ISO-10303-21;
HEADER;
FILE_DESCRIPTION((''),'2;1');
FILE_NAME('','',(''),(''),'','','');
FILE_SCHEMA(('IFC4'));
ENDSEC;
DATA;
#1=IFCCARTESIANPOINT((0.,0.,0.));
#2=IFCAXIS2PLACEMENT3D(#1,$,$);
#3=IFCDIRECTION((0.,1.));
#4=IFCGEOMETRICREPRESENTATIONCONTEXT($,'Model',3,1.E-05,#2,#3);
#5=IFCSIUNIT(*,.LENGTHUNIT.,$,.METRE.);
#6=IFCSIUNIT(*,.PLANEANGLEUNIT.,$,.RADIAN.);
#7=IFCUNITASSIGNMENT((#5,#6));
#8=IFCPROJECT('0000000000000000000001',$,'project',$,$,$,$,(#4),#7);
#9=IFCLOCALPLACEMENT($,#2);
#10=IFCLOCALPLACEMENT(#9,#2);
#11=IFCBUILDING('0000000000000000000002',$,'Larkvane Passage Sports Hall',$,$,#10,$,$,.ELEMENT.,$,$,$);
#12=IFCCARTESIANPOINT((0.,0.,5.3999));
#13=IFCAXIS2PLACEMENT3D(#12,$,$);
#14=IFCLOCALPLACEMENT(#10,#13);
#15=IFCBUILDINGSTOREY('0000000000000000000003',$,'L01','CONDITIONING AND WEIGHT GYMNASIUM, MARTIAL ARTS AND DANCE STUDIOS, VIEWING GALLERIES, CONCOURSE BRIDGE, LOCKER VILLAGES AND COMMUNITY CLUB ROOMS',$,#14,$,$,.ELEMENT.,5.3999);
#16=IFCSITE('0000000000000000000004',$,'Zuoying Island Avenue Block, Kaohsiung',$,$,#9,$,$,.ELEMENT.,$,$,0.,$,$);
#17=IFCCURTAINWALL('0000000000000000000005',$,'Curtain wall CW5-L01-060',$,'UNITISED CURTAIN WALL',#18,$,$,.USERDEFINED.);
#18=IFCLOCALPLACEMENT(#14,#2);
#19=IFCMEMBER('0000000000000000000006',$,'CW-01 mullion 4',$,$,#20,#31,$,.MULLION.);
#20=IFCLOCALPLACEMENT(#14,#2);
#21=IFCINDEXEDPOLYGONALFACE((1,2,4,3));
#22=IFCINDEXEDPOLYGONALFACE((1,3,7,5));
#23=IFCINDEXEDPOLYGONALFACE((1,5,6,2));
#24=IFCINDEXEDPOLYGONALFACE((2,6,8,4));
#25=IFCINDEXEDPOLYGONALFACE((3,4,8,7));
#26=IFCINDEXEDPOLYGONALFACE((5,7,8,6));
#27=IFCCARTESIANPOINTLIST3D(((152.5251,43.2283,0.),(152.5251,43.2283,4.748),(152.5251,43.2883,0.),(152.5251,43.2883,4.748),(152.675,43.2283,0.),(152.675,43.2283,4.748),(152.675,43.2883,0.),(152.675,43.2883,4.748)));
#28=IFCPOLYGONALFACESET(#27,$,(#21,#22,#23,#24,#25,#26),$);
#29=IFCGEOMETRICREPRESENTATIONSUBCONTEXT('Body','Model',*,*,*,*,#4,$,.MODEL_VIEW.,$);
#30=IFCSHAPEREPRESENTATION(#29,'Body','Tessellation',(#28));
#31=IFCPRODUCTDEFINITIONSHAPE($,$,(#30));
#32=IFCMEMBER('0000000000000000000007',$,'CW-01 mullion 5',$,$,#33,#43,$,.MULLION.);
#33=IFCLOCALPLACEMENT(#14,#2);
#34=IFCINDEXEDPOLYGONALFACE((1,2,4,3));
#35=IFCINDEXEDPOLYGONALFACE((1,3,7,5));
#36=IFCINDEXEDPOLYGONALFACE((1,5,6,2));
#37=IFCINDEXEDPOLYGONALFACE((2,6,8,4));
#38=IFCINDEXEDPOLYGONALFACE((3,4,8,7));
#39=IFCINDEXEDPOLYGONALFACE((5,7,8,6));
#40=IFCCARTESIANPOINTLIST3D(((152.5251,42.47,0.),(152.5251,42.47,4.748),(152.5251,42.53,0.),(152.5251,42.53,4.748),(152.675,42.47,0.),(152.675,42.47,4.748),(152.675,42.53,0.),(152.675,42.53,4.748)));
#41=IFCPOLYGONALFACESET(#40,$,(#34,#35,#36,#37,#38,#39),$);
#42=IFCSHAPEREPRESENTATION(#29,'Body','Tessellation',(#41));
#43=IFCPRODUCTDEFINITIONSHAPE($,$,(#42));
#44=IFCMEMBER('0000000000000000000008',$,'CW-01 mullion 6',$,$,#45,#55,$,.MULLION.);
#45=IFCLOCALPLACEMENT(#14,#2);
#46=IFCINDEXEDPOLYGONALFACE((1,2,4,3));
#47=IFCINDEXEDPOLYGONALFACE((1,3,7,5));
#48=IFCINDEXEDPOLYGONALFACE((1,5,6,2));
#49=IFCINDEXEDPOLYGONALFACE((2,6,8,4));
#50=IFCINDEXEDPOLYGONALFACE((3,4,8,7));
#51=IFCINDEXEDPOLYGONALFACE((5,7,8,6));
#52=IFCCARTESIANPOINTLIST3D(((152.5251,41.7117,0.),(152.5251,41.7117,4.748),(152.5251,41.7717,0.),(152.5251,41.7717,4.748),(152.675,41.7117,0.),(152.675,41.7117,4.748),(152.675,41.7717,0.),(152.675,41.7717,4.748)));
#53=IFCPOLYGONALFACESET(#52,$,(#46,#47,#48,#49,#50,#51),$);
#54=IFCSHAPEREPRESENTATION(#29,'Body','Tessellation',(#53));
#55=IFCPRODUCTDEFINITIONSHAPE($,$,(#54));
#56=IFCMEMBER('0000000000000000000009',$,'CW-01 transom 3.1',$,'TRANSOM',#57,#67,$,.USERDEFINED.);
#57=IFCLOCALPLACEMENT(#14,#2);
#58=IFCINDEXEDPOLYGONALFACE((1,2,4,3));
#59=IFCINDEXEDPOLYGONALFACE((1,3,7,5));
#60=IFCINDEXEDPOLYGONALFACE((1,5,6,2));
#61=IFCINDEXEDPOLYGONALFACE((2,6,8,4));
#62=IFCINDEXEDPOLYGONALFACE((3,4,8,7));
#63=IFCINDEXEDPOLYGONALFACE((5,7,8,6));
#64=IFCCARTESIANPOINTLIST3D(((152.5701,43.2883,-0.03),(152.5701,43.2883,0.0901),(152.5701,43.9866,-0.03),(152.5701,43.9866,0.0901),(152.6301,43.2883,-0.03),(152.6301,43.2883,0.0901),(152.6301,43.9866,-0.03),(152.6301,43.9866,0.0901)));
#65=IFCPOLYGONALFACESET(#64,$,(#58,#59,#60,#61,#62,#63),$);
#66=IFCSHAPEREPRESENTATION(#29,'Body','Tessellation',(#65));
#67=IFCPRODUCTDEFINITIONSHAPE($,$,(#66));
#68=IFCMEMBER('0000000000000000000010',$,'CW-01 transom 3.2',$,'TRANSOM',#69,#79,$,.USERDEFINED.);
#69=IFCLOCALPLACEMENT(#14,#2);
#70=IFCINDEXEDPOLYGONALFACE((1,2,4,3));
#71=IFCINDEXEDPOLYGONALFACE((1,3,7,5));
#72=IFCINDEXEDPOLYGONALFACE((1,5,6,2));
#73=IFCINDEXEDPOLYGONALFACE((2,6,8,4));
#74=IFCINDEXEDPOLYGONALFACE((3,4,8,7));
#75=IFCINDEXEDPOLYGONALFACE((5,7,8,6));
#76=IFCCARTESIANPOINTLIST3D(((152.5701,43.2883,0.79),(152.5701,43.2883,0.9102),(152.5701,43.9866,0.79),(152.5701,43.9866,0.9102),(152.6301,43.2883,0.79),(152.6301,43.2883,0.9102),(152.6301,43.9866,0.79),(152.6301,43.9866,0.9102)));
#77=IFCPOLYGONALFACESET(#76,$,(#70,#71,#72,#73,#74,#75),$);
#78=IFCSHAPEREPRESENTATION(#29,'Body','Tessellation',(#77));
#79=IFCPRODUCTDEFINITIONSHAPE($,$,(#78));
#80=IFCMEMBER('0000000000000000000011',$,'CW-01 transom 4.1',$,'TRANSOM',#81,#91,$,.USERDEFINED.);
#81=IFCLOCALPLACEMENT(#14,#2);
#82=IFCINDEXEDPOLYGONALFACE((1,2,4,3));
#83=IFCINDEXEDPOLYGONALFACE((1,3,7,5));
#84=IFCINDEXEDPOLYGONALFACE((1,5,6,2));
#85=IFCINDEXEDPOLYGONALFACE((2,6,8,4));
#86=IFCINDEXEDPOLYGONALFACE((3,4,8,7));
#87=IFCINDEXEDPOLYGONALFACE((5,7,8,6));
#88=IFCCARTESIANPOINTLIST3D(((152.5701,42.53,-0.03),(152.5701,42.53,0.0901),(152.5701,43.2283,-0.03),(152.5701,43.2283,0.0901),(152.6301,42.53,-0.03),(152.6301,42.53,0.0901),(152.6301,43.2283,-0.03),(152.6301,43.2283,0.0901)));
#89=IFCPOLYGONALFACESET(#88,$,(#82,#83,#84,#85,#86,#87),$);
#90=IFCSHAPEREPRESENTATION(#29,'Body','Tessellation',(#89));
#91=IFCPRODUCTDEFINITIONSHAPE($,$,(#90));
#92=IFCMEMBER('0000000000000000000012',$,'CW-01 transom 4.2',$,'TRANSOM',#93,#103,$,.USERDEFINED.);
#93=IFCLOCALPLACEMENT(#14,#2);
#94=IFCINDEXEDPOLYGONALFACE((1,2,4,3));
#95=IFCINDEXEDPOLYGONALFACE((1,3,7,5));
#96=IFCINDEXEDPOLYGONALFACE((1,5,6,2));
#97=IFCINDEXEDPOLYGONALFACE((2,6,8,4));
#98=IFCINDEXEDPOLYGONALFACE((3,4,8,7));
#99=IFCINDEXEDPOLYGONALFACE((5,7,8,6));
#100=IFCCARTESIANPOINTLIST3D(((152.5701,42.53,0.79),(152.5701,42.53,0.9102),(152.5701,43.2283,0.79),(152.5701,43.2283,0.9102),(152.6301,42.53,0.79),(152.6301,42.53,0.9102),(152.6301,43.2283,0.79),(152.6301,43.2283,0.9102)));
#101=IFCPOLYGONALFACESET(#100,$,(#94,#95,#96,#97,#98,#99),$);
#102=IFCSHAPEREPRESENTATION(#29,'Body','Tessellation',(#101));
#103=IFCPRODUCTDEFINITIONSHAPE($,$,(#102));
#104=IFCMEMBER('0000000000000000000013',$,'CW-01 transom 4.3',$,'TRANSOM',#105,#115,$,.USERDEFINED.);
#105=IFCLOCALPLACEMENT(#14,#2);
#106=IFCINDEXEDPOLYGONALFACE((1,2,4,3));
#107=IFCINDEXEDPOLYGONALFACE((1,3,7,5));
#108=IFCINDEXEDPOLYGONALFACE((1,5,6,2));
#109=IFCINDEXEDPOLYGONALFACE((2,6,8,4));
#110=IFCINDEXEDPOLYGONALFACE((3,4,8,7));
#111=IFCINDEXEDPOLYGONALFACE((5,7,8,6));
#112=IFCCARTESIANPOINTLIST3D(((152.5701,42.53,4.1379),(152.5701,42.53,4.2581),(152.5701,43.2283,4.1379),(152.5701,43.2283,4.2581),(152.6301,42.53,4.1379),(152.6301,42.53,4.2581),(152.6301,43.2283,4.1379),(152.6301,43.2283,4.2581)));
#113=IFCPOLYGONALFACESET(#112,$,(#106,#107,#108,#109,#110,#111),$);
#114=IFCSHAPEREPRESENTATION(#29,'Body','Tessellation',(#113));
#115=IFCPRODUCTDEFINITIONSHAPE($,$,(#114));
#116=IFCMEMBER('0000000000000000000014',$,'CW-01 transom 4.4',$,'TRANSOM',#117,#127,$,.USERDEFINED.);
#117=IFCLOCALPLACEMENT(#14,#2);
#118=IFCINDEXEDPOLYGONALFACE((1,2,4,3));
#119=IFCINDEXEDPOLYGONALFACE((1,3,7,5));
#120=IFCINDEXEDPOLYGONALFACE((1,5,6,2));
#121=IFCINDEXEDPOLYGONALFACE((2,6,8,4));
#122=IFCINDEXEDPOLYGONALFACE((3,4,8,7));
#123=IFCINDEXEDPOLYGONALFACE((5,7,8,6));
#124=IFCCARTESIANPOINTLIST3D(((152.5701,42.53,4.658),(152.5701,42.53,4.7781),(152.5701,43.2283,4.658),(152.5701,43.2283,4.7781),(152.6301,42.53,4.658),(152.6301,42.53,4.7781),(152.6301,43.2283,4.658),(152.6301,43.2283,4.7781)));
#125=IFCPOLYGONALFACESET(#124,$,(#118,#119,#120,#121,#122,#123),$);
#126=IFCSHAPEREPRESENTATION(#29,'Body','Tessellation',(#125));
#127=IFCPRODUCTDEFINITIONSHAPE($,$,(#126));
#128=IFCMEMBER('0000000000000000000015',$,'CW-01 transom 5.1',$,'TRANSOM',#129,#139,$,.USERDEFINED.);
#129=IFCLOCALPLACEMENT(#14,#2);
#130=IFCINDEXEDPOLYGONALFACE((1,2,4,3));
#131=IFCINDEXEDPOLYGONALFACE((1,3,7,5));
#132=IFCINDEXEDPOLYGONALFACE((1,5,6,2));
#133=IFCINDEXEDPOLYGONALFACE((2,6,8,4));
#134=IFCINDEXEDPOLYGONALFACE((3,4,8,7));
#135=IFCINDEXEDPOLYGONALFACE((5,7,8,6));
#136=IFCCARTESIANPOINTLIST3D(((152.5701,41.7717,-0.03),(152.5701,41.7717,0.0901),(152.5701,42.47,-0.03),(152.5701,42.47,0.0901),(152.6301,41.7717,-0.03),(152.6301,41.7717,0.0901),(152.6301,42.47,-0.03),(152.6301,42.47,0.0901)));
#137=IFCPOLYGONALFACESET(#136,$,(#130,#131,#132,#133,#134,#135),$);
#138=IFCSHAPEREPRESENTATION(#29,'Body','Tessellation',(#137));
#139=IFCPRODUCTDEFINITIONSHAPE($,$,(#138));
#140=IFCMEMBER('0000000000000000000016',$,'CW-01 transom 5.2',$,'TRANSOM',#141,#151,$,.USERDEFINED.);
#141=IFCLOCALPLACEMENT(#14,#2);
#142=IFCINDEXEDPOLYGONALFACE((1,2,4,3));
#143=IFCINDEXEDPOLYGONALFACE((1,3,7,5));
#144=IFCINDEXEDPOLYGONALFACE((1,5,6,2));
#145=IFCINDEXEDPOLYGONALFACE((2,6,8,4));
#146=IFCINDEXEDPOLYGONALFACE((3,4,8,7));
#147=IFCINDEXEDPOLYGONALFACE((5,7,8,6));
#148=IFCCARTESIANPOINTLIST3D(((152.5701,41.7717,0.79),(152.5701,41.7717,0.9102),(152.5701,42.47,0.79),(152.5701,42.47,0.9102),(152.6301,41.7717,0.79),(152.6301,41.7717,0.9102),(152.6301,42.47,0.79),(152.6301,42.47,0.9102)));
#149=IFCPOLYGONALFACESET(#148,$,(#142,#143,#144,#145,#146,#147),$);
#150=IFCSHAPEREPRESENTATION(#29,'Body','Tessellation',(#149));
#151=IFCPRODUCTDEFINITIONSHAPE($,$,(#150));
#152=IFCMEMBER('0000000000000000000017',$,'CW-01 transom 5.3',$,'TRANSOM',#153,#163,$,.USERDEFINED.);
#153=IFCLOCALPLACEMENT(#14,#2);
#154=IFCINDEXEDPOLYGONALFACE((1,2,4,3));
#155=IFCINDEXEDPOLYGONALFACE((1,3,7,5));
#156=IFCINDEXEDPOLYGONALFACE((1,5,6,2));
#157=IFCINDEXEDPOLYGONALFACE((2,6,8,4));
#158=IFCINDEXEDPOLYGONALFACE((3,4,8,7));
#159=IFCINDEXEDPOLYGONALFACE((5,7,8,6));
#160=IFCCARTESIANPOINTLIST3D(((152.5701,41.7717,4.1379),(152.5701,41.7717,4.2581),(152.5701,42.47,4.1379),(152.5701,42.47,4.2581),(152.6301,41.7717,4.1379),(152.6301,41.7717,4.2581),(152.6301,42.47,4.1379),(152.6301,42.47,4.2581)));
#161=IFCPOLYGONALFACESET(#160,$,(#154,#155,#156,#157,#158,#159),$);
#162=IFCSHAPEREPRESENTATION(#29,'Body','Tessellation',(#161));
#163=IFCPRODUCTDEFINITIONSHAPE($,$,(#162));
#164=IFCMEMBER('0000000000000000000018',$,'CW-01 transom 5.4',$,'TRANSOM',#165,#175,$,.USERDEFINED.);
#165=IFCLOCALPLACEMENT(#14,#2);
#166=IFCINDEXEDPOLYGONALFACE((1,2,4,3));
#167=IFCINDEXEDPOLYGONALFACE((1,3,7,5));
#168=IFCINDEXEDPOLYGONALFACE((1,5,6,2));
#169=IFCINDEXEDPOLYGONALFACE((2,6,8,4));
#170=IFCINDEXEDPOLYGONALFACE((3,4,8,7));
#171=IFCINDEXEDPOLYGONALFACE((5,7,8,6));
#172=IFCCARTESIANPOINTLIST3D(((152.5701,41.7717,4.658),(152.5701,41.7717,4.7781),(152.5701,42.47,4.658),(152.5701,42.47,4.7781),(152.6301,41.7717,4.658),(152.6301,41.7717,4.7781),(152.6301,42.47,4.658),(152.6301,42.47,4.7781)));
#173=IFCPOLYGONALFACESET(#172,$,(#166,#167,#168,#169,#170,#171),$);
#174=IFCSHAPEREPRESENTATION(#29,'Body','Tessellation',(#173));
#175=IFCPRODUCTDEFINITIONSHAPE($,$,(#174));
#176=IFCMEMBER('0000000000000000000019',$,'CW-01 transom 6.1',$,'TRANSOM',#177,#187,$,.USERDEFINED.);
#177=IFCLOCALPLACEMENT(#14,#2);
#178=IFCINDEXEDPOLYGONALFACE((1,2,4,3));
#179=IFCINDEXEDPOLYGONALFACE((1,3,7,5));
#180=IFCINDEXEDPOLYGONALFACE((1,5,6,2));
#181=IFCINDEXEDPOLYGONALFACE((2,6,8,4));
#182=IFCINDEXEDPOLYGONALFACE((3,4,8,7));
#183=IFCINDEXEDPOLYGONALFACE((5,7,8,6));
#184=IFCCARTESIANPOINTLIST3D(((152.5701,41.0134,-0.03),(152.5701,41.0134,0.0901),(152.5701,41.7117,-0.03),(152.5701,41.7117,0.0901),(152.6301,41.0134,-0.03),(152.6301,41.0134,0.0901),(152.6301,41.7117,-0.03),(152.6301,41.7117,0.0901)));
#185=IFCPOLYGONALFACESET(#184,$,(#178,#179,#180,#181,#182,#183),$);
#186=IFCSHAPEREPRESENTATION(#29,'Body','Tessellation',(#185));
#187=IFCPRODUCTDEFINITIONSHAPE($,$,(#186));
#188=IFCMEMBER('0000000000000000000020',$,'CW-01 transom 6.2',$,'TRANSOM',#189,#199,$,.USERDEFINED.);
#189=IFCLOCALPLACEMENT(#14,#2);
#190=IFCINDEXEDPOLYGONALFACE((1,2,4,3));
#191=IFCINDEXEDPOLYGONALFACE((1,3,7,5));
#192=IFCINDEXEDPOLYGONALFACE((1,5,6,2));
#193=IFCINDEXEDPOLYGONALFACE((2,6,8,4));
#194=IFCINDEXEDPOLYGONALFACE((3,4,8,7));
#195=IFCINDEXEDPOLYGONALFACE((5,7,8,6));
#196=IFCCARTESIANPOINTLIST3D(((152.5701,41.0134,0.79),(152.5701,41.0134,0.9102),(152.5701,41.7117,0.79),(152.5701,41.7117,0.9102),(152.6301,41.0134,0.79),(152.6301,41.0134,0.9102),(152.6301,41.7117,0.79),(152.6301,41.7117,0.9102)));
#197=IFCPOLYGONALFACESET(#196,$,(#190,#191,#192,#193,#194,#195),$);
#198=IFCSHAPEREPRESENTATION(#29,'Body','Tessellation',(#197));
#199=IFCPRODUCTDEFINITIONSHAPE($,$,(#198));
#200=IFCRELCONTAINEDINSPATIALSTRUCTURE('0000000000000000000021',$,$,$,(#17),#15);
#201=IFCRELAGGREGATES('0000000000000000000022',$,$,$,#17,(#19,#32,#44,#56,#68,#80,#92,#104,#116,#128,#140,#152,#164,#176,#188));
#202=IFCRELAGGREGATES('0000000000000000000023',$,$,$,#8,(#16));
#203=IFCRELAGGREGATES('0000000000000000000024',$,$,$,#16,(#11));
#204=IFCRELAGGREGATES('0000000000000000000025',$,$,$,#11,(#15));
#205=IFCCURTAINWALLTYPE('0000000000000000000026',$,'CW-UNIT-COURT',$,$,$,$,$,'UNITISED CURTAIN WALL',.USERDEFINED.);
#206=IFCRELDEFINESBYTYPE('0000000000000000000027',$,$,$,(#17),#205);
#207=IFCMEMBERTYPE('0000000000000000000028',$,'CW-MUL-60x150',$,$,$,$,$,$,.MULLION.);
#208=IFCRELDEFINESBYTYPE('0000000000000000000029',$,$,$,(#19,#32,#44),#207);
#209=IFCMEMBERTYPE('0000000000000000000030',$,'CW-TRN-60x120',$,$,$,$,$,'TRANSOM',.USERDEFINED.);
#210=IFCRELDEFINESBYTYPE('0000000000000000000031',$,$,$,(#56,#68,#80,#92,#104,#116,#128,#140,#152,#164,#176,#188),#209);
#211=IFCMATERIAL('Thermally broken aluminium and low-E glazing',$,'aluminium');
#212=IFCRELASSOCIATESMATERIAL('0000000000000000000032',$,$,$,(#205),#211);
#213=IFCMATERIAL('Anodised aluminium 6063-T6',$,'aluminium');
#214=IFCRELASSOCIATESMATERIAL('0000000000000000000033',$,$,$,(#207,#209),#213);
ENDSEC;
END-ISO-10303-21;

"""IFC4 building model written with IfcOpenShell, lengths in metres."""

from ifc_helpers import new_model, si_unit, direction, frame, origin, origin_2d, place, context, subcontext, project, spatial, rectangle, extrude, material, material_profile, profile_set, type_object, element, aggregate, save


model = new_model("IFC4")

# Units and contexts
model_context = context("Model", 3, precision=1e-05, world=origin(), true_north=direction((0.0, 1.0)))
body_context = subcontext(model_context, "Body", "Model", "MODEL_VIEW")
ifc_project = project(units=[si_unit("LENGTHUNIT", "METRE"), si_unit("PLANEANGLEUNIT", "RADIAN")], contexts=[model_context])

# Site, building, storey
site_placement = place(None, origin())
site = spatial("IfcSite", under=ifc_project, at=site_placement, Name="Zuoying Island Avenue Block, Kaohsiung", CompositionType="ELEMENT", RefElevation=0.0)
building_placement = place(site_placement, origin())
building = spatial("IfcBuilding", under=site, at=building_placement, Name="Larkvane Passage Sports Hall", CompositionType="ELEMENT")
storey_placement = place(building_placement, frame((0.0, 0.0, 5.3999)))
storey = spatial("IfcBuildingStorey", under=building, at=storey_placement, Name="L01", Description="CONDITIONING AND WEIGHT GYMNASIUM, MARTIAL ARTS AND DANCE STUDIOS, VIEWING GALLERIES, CONCOURSE BRIDGE, LOCKER VILLAGES AND COMMUNITY CLUB ROOMS", CompositionType="ELEMENT", Elevation=5.3999)

# Curtain wall, members
ifc_material_1 = material(Name="Thermally broken aluminium and low-E glazing", Category="aluminium")
curtain_wall_type = type_object("IfcCurtainWallType", Name="CW-UNIT-COURT", ElementType="UNITISED CURTAIN WALL", PredefinedType="USERDEFINED", material=ifc_material_1)
curtain_wall_placement = place(storey_placement, origin())
curtain_wall = element("IfcCurtainWall", 1, at=curtain_wall_placement, inside=storey, type_object=curtain_wall_type, Name="Curtain wall CW5-L01-060", ObjectType="UNITISED CURTAIN WALL", PredefinedType="USERDEFINED")
ifc_material_2 = material(Name="Anodised aluminium 6063-T6", Category="aluminium")
ifc_material_profile_1 = material_profile(ifc_material_2, rectangle(XDim=0.0601, YDim=0.1499, at=origin_2d()), Name="ALU-MUL-60x150")
ifc_profile_set_1 = profile_set([ifc_material_profile_1], Name="Anodised aluminium 6063-T6")
member_type_1 = type_object("IfcMemberType", Name="CW-MUL-60x150", PredefinedType="MULLION", material=ifc_profile_set_1)
member_1_placement = place(storey_placement, frame((152.6001, 43.2583, 0.0), z_axis=(0.0, 0.0, 1.0), x_axis=(0.0, -1.0, 0.0)))
member_1 = element("IfcMember", 2, at=member_1_placement, type_object=member_type_1, Name="CW-01 mullion 4", PredefinedType="MULLION", context=body_context, shape_type="SweptSolid", body=[
    extrude(rectangle(XDim=0.0601, YDim=0.1499, at=origin_2d()), origin(), (0.0, 0.0, 1.0), 4.748),
])
member_2_placement = place(storey_placement, frame((152.6001, 42.5, 0.0), z_axis=(0.0, 0.0, 1.0), x_axis=(0.0, -1.0, 0.0)))
member_2 = element("IfcMember", 3, at=member_2_placement, type_object=member_type_1, Name="CW-01 mullion 5", PredefinedType="MULLION", context=body_context, shape_type="SweptSolid", body=[
    extrude(rectangle(XDim=0.0601, YDim=0.1499, at=origin_2d()), origin(), (0.0, 0.0, 1.0), 4.748),
])
member_3_placement = place(storey_placement, frame((152.6001, 41.7417, 0.0), z_axis=(0.0, 0.0, 1.0), x_axis=(0.0, -1.0, 0.0)))
member_3 = element("IfcMember", 4, at=member_3_placement, type_object=member_type_1, Name="CW-01 mullion 6", PredefinedType="MULLION", context=body_context, shape_type="SweptSolid", body=[
    extrude(rectangle(XDim=0.0601, YDim=0.1499, at=origin_2d()), origin(), (0.0, 0.0, 1.0), 4.748),
])
ifc_material_profile_2 = material_profile(ifc_material_2, rectangle(XDim=0.0601, YDim=0.1201, at=origin_2d()), Name="ALU-TRN-60x120")
ifc_profile_set_2 = profile_set([ifc_material_profile_2], Name="Anodised aluminium 6063-T6")
member_type_2 = type_object("IfcMemberType", Name="CW-TRN-60x120", ElementType="TRANSOM", PredefinedType="USERDEFINED", material=ifc_profile_set_2)
member_4_placement = place(storey_placement, frame((152.6001, 43.9866, 0.03), z_axis=(0.0, -1.0, 0.0), x_axis=(1.0, 0.0, 0.0)))
member_4 = element("IfcMember", 5, at=member_4_placement, type_object=member_type_2, Name="CW-01 transom 3.1", ObjectType="TRANSOM", PredefinedType="USERDEFINED", context=body_context, shape_type="SweptSolid", body=[
    extrude(rectangle(XDim=0.0601, YDim=0.1201, at=origin_2d()), origin(), (0.0, 0.0, 1.0), 0.6982),
])
member_5_placement = place(storey_placement, frame((152.6001, 43.9866, 0.8501), z_axis=(0.0, -1.0, 0.0), x_axis=(1.0, 0.0, 0.0)))
member_5 = element("IfcMember", 6, at=member_5_placement, type_object=member_type_2, Name="CW-01 transom 3.2", ObjectType="TRANSOM", PredefinedType="USERDEFINED", context=body_context, shape_type="SweptSolid", body=[
    extrude(rectangle(XDim=0.0601, YDim=0.1201, at=origin_2d()), origin(), (0.0, 0.0, 1.0), 0.6982),
])
member_6_placement = place(storey_placement, frame((152.6001, 43.2283, 0.03), z_axis=(0.0, -1.0, 0.0), x_axis=(1.0, 0.0, 0.0)))
member_6 = element("IfcMember", 7, at=member_6_placement, type_object=member_type_2, Name="CW-01 transom 4.1", ObjectType="TRANSOM", PredefinedType="USERDEFINED", context=body_context, shape_type="SweptSolid", body=[
    extrude(rectangle(XDim=0.0601, YDim=0.1201, at=origin_2d()), origin(), (0.0, 0.0, 1.0), 0.6982),
])
member_7_placement = place(storey_placement, frame((152.6001, 43.2283, 0.8501), z_axis=(0.0, -1.0, 0.0), x_axis=(1.0, 0.0, 0.0)))
member_7 = element("IfcMember", 8, at=member_7_placement, type_object=member_type_2, Name="CW-01 transom 4.2", ObjectType="TRANSOM", PredefinedType="USERDEFINED", context=body_context, shape_type="SweptSolid", body=[
    extrude(rectangle(XDim=0.0601, YDim=0.1201, at=origin_2d()), origin(), (0.0, 0.0, 1.0), 0.6982),
])
member_8_placement = place(storey_placement, frame((152.6001, 43.2283, 4.198), z_axis=(0.0, -1.0, 0.0), x_axis=(1.0, 0.0, 0.0)))
member_8 = element("IfcMember", 9, at=member_8_placement, type_object=member_type_2, Name="CW-01 transom 4.3", ObjectType="TRANSOM", PredefinedType="USERDEFINED", context=body_context, shape_type="SweptSolid", body=[
    extrude(rectangle(XDim=0.0601, YDim=0.1201, at=origin_2d()), origin(), (0.0, 0.0, 1.0), 0.6982),
])
member_9_placement = place(storey_placement, frame((152.6001, 43.2283, 4.718), z_axis=(0.0, -1.0, 0.0), x_axis=(1.0, 0.0, 0.0)))
member_9 = element("IfcMember", 10, at=member_9_placement, type_object=member_type_2, Name="CW-01 transom 4.4", ObjectType="TRANSOM", PredefinedType="USERDEFINED", context=body_context, shape_type="SweptSolid", body=[
    extrude(rectangle(XDim=0.0601, YDim=0.1201, at=origin_2d()), origin(), (0.0, 0.0, 1.0), 0.6982),
])
member_10_placement = place(storey_placement, frame((152.6001, 42.47, 0.03), z_axis=(0.0, -1.0, 0.0), x_axis=(1.0, 0.0, 0.0)))
member_10 = element("IfcMember", 11, at=member_10_placement, type_object=member_type_2, Name="CW-01 transom 5.1", ObjectType="TRANSOM", PredefinedType="USERDEFINED", context=body_context, shape_type="SweptSolid", body=[
    extrude(rectangle(XDim=0.0601, YDim=0.1201, at=origin_2d()), origin(), (0.0, 0.0, 1.0), 0.6982),
])
member_11_placement = place(storey_placement, frame((152.6001, 42.47, 0.8501), z_axis=(0.0, -1.0, 0.0), x_axis=(1.0, 0.0, 0.0)))
member_11 = element("IfcMember", 12, at=member_11_placement, type_object=member_type_2, Name="CW-01 transom 5.2", ObjectType="TRANSOM", PredefinedType="USERDEFINED", context=body_context, shape_type="SweptSolid", body=[
    extrude(rectangle(XDim=0.0601, YDim=0.1201, at=origin_2d()), origin(), (0.0, 0.0, 1.0), 0.6982),
])
member_12_placement = place(storey_placement, frame((152.6001, 42.47, 4.198), z_axis=(0.0, -1.0, 0.0), x_axis=(1.0, 0.0, 0.0)))
member_12 = element("IfcMember", 13, at=member_12_placement, type_object=member_type_2, Name="CW-01 transom 5.3", ObjectType="TRANSOM", PredefinedType="USERDEFINED", context=body_context, shape_type="SweptSolid", body=[
    extrude(rectangle(XDim=0.0601, YDim=0.1201, at=origin_2d()), origin(), (0.0, 0.0, 1.0), 0.6982),
])
member_13_placement = place(storey_placement, frame((152.6001, 42.47, 4.718), z_axis=(0.0, -1.0, 0.0), x_axis=(1.0, 0.0, 0.0)))
member_13 = element("IfcMember", 14, at=member_13_placement, type_object=member_type_2, Name="CW-01 transom 5.4", ObjectType="TRANSOM", PredefinedType="USERDEFINED", context=body_context, shape_type="SweptSolid", body=[
    extrude(rectangle(XDim=0.0601, YDim=0.1201, at=origin_2d()), origin(), (0.0, 0.0, 1.0), 0.6982),
])
member_14_placement = place(storey_placement, frame((152.6001, 41.7117, 0.03), z_axis=(0.0, -1.0, 0.0), x_axis=(1.0, 0.0, 0.0)))
member_14 = element("IfcMember", 15, at=member_14_placement, type_object=member_type_2, Name="CW-01 transom 6.1", ObjectType="TRANSOM", PredefinedType="USERDEFINED", context=body_context, shape_type="SweptSolid", body=[
    extrude(rectangle(XDim=0.0601, YDim=0.1201, at=origin_2d()), origin(), (0.0, 0.0, 1.0), 0.6982),
])
member_15_placement = place(storey_placement, frame((152.6001, 41.7117, 0.8501), z_axis=(0.0, -1.0, 0.0), x_axis=(1.0, 0.0, 0.0)))
member_15 = element("IfcMember", 16, at=member_15_placement, type_object=member_type_2, Name="CW-01 transom 6.2", ObjectType="TRANSOM", PredefinedType="USERDEFINED", context=body_context, shape_type="SweptSolid", body=[
    extrude(rectangle(XDim=0.0601, YDim=0.1201, at=origin_2d()), origin(), (0.0, 0.0, 1.0), 0.6982),
])
aggregate(curtain_wall, [member_1, member_2, member_3, member_4, member_5, member_6, member_7, member_8, member_9, member_10, member_11, member_12, member_13, member_14, member_15])

save(model, "model.ifc")
